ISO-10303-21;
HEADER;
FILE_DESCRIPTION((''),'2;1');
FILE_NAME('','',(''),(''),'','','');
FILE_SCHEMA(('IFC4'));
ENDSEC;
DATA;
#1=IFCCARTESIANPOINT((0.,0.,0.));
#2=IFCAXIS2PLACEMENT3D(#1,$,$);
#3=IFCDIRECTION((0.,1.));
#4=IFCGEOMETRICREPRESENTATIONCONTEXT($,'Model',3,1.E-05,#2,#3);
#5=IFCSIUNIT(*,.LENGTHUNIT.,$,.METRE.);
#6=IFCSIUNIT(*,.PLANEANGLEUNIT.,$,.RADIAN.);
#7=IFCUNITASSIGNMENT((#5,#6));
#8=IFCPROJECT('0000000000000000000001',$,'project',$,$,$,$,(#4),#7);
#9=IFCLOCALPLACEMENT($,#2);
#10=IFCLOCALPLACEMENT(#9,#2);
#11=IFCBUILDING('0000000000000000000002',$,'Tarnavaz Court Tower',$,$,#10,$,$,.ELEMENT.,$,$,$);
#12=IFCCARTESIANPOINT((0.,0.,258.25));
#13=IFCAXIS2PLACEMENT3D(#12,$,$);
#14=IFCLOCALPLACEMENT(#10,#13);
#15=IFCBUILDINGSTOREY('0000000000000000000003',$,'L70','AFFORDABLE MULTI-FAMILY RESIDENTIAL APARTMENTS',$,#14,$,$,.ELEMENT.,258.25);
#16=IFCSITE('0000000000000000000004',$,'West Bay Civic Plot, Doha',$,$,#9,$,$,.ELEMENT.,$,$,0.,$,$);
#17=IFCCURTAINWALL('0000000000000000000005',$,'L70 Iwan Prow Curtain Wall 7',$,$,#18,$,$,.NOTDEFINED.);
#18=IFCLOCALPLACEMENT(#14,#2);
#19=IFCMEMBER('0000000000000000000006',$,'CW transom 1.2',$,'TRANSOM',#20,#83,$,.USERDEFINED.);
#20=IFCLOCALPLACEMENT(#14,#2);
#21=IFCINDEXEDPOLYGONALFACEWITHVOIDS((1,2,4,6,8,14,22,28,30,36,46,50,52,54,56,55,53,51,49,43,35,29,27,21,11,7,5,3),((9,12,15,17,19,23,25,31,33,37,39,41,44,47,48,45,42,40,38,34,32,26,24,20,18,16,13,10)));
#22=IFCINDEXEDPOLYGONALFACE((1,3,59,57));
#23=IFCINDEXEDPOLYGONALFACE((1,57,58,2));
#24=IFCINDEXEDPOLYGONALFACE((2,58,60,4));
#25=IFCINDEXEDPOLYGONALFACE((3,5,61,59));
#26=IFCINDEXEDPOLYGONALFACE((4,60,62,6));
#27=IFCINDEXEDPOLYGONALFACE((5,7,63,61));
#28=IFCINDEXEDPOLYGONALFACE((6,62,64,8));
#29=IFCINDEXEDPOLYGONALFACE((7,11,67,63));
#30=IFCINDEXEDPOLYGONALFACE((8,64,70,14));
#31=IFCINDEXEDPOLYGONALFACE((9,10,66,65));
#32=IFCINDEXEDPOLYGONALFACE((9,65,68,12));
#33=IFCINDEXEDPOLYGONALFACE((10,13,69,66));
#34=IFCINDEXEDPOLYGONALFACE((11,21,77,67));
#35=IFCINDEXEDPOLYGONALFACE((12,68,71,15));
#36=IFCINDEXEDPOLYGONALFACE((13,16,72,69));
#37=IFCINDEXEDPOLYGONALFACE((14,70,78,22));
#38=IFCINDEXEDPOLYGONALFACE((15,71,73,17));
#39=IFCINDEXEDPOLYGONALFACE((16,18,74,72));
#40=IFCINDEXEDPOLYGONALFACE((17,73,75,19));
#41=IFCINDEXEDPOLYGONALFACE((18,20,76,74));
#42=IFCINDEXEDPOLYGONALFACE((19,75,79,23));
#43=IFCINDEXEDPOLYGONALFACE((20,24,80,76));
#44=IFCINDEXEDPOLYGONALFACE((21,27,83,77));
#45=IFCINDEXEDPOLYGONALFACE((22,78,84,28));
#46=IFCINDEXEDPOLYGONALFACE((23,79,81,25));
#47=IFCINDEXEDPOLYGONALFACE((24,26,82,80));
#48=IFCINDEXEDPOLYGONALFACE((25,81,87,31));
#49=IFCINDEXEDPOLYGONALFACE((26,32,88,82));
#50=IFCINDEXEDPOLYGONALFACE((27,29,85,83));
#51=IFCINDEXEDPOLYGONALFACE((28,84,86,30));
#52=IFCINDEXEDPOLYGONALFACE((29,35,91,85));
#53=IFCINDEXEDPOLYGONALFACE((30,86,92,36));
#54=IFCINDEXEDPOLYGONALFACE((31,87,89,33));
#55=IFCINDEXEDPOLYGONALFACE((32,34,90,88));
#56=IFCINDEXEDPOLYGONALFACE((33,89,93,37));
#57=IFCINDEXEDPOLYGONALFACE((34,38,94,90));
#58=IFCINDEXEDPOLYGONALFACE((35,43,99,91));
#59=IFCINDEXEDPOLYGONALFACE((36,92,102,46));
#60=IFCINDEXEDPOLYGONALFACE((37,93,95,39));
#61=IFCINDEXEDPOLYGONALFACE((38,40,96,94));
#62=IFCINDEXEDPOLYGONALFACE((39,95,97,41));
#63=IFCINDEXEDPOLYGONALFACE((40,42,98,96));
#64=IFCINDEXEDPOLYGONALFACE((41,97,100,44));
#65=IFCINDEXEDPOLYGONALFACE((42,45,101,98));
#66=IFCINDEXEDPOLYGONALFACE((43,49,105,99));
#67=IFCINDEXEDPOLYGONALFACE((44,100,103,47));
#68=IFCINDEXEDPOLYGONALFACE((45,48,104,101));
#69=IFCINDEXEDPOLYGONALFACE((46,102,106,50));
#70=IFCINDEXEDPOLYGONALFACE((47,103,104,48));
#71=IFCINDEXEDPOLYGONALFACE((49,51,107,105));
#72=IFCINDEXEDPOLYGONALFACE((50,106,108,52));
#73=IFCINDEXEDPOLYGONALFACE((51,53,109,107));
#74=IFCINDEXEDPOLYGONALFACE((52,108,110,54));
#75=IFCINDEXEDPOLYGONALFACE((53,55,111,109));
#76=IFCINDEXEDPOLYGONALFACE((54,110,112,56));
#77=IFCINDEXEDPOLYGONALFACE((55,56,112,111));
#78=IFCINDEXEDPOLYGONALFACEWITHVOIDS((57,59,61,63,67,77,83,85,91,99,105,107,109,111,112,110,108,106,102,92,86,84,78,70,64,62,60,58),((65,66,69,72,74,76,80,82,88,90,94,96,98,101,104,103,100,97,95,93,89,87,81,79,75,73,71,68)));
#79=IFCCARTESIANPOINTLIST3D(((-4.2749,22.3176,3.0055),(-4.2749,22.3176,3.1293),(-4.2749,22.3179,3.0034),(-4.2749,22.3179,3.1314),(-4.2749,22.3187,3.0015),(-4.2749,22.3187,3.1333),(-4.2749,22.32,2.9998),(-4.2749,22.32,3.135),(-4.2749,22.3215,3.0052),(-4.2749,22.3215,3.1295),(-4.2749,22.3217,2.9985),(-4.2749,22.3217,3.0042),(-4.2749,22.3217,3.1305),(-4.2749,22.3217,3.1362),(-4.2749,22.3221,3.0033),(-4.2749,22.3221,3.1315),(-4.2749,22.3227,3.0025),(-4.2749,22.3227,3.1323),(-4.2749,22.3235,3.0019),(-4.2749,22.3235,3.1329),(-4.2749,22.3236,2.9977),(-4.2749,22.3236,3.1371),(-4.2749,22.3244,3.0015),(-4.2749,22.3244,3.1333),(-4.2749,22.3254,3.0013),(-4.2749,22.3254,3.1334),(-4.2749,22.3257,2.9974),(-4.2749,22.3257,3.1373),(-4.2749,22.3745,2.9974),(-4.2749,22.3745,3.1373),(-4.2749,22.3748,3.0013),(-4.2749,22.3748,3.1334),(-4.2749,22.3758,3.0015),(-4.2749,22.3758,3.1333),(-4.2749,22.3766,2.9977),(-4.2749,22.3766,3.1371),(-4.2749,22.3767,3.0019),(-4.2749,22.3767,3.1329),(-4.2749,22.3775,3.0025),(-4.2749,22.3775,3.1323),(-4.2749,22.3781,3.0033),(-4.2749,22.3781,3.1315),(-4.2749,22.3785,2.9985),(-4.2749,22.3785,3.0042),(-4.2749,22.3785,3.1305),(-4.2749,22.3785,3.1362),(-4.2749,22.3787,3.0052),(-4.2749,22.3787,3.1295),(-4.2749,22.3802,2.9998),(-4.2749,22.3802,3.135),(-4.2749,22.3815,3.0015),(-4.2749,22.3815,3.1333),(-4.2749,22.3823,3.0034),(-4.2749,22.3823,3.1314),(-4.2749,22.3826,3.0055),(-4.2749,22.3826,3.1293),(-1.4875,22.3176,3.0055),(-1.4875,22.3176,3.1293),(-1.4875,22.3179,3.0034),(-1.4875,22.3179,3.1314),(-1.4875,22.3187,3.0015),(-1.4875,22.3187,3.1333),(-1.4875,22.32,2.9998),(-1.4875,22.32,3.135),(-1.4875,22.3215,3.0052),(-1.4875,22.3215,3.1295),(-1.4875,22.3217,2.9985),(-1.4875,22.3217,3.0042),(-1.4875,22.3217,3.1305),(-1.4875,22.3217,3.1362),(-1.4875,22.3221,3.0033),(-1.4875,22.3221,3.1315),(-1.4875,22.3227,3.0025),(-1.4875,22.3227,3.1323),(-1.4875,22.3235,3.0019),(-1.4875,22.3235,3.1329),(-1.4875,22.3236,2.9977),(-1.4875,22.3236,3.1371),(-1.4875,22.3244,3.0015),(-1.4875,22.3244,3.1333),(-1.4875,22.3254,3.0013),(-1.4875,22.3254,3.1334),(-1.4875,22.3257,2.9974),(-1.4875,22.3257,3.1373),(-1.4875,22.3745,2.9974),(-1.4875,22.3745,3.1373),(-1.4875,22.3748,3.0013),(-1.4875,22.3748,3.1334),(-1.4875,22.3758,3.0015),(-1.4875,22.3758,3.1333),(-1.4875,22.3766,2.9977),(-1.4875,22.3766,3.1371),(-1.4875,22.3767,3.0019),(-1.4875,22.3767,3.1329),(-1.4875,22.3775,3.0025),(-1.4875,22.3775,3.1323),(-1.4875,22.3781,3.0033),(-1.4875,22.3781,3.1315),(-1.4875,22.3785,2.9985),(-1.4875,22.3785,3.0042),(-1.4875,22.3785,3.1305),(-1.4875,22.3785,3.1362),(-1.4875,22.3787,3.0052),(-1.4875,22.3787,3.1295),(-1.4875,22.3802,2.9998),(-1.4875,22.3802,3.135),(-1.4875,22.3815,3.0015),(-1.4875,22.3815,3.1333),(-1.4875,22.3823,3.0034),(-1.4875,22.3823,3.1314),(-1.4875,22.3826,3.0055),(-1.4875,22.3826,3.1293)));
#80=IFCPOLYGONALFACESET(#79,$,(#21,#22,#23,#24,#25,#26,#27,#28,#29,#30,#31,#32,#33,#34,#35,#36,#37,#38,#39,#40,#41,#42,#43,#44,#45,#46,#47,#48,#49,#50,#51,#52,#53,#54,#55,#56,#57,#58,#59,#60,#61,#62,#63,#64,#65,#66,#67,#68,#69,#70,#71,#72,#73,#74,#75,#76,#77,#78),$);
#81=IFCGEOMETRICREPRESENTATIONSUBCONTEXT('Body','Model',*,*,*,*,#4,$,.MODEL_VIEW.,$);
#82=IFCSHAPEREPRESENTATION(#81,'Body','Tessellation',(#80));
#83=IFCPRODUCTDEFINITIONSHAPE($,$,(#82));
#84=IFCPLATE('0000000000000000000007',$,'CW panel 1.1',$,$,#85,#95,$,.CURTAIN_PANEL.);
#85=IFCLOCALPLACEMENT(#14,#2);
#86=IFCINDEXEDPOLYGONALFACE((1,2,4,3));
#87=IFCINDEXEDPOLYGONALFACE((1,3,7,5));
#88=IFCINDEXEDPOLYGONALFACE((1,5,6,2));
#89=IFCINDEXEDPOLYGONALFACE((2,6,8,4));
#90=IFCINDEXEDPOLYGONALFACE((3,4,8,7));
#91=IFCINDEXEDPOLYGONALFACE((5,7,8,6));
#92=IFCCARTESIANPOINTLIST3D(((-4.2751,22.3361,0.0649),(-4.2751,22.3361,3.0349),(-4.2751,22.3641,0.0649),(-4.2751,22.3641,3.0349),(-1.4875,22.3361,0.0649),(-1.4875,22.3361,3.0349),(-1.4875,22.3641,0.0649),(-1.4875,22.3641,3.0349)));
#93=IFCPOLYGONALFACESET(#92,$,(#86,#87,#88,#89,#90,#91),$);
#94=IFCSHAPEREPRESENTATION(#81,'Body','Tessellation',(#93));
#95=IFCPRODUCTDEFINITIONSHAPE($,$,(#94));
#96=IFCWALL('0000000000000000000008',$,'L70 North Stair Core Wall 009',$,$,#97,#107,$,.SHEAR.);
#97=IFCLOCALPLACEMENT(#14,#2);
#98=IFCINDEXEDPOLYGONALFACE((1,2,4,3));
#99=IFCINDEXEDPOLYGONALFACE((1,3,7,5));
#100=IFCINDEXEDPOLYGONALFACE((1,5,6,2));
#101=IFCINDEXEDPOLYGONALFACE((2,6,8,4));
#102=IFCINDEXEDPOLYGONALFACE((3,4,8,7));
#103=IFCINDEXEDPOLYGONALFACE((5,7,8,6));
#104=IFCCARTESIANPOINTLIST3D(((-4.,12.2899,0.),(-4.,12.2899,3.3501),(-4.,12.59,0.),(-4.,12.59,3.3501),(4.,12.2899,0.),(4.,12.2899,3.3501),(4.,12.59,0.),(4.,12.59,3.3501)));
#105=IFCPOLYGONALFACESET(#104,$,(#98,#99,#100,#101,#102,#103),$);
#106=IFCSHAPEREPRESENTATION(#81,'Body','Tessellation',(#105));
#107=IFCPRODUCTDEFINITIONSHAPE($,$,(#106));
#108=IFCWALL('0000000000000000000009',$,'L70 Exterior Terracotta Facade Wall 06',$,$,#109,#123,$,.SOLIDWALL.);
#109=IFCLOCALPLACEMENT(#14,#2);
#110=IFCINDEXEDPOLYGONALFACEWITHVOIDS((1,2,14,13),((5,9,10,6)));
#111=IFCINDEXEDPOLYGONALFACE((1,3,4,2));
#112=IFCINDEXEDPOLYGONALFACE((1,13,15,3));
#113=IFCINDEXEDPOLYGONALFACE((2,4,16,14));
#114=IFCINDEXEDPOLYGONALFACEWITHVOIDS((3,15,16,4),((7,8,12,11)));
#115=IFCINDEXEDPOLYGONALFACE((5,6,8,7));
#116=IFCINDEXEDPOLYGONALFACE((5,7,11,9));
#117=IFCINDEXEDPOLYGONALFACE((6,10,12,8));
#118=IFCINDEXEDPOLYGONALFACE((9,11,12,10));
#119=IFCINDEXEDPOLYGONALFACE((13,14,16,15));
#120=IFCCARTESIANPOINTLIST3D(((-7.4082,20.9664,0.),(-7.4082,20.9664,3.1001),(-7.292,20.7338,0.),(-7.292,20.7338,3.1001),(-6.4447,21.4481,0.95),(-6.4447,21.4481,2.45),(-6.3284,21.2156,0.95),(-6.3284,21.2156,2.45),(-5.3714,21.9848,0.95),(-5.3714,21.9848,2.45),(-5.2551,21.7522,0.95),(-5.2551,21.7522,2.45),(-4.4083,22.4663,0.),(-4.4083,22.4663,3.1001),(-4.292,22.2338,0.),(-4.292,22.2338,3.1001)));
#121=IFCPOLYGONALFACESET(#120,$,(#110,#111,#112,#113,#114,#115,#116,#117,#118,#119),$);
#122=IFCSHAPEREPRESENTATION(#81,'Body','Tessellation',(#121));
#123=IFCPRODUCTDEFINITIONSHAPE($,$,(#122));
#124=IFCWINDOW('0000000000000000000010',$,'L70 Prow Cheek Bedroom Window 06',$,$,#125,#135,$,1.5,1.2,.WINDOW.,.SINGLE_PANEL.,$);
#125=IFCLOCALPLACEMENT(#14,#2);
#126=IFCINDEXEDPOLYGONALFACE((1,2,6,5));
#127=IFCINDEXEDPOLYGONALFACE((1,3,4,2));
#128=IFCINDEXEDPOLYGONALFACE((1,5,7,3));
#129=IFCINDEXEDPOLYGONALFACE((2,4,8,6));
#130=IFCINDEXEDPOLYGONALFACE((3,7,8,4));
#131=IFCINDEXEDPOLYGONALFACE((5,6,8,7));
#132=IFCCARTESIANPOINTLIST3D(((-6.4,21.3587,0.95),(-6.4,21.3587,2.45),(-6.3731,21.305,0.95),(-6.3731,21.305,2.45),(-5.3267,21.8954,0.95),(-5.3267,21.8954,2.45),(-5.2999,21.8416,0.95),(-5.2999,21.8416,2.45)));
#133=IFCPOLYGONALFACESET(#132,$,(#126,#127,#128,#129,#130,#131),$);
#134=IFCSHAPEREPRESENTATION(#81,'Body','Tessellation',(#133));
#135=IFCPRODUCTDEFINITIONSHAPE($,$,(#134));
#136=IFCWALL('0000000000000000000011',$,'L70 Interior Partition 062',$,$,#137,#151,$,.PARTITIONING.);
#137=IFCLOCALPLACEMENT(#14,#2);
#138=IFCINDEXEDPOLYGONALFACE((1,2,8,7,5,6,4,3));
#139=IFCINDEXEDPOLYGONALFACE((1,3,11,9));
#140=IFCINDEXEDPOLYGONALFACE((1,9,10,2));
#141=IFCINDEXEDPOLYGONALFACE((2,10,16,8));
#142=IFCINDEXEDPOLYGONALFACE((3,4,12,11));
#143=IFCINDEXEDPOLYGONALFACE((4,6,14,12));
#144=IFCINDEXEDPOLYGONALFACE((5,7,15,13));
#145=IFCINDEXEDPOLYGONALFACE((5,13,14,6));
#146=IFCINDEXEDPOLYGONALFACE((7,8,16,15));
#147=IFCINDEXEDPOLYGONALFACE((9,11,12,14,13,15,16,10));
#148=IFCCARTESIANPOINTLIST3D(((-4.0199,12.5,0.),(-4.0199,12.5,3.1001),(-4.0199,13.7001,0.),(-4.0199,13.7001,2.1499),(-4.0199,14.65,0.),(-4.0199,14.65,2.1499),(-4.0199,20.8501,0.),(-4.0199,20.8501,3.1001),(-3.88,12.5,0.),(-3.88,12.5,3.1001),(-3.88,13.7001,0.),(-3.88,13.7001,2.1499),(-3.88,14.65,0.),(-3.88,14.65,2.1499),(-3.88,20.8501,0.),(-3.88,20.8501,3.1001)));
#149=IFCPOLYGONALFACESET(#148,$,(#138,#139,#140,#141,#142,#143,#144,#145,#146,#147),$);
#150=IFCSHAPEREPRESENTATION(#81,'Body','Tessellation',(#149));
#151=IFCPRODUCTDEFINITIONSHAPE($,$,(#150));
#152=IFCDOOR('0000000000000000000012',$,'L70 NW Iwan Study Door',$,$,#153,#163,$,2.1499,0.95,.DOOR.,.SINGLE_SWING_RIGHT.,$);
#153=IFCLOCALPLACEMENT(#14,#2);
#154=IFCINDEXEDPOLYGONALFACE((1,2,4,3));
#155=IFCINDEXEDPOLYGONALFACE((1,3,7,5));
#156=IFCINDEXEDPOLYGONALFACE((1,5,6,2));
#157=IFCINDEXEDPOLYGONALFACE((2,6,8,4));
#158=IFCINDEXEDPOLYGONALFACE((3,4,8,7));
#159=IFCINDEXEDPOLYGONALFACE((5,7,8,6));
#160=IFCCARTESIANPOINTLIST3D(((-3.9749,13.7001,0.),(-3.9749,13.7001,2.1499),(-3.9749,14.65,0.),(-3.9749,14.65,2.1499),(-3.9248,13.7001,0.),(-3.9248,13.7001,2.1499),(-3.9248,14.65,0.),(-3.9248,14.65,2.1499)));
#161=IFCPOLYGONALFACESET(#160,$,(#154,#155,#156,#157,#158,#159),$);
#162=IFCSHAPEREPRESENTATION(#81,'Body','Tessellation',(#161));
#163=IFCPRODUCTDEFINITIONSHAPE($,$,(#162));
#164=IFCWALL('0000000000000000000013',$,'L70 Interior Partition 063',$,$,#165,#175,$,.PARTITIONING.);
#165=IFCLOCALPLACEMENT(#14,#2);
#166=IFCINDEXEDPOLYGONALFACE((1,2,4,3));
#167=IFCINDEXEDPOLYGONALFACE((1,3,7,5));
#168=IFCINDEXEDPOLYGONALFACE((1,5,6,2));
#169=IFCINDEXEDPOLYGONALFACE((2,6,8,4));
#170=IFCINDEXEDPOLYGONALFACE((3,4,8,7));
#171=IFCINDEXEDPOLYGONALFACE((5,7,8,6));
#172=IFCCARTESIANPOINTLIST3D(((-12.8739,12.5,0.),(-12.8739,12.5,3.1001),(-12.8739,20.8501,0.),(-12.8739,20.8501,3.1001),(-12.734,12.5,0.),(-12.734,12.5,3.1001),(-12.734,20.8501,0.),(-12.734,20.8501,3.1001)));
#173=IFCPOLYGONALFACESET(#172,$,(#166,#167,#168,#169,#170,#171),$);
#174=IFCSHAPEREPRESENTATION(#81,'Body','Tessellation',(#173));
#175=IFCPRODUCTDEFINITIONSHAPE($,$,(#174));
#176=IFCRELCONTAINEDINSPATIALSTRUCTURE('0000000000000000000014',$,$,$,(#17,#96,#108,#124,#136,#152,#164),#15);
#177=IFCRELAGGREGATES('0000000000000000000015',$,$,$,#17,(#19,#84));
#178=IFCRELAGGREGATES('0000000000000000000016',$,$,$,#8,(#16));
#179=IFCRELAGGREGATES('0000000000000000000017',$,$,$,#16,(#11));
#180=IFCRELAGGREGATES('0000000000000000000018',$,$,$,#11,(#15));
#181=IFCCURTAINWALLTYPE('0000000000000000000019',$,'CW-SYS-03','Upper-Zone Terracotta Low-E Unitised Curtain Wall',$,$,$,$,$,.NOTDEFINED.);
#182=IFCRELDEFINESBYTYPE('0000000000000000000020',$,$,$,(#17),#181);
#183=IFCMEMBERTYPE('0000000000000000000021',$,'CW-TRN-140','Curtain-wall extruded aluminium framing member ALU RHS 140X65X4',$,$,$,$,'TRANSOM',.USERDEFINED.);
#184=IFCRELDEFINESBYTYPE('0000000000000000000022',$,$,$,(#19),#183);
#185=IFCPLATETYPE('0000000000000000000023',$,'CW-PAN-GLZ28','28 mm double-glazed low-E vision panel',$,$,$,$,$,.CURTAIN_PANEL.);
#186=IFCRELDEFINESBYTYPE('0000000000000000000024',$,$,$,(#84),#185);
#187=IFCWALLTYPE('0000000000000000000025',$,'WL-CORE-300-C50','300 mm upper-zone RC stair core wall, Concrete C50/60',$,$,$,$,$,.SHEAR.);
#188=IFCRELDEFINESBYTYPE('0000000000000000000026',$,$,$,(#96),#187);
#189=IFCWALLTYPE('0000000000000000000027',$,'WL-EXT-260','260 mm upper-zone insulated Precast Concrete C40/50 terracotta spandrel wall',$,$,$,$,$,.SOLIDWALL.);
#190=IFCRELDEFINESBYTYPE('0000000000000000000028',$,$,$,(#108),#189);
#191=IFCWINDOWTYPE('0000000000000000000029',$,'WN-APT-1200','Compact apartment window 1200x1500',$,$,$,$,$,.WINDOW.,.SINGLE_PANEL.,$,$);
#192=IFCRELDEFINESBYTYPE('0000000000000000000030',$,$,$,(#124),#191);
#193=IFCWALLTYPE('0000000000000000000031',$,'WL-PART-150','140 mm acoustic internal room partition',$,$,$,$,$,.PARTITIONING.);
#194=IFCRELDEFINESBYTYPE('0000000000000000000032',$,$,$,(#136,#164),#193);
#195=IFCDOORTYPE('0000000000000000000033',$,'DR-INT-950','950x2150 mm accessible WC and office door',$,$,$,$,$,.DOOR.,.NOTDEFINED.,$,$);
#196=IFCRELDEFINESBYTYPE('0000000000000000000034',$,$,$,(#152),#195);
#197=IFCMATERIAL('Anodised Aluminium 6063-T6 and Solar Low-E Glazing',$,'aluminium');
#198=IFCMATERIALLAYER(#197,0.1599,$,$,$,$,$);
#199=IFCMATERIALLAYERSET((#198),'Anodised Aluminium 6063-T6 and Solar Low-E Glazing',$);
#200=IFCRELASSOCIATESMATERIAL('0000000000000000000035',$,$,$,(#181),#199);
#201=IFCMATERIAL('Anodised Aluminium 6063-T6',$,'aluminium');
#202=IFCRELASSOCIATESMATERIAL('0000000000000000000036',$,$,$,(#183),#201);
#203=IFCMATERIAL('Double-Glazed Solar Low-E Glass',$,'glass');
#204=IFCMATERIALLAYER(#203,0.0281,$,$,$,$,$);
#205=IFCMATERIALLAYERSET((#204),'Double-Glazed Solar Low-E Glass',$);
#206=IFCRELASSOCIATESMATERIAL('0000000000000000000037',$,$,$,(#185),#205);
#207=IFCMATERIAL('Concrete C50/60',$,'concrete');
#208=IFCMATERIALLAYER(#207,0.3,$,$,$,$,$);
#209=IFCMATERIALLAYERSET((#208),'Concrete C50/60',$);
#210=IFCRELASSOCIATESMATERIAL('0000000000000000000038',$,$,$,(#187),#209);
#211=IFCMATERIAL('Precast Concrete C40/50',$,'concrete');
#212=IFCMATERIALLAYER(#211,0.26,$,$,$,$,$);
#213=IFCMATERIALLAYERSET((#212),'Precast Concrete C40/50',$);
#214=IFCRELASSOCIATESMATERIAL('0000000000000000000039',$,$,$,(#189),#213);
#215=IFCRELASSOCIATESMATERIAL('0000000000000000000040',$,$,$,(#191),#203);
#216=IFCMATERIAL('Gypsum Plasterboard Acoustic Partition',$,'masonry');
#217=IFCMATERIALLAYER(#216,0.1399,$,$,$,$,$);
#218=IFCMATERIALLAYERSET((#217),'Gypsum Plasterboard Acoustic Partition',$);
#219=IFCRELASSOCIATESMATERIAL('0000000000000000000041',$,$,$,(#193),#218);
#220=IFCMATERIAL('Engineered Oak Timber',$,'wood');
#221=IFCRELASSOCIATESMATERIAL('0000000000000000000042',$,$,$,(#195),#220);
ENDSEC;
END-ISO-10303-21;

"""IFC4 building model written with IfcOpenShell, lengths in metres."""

from ifc_helpers import new_model, si_unit, direction, frame, frame_2d, origin, origin_2d, place, context, subcontext, project, spatial, rectangle, hollow_rectangle, extrude, material, layer, layer_set, material_profile, profile_set, type_object, element, fill, aggregate, save


model = new_model("IFC4")

# Units and contexts
model_context = context("Model", 3, precision=1e-05, world=origin(), true_north=direction((0.0, 1.0)))
body_context = subcontext(model_context, "Body", "Model", "MODEL_VIEW")
ifc_project = project(units=[si_unit("LENGTHUNIT", "METRE"), si_unit("PLANEANGLEUNIT", "RADIAN")], contexts=[model_context])

# Site, building, storey
site_placement = place(None, origin())
site = spatial("IfcSite", under=ifc_project, at=site_placement, Name="West Bay Civic Plot, Doha", CompositionType="ELEMENT", RefElevation=0.0)
building_placement = place(site_placement, origin())
building = spatial("IfcBuilding", under=site, at=building_placement, Name="Tarnavaz Court Tower", CompositionType="ELEMENT")
storey_placement = place(building_placement, frame((0.0, 0.0, 258.25)))
storey = spatial("IfcBuildingStorey", under=building, at=storey_placement, Name="L70", Description="AFFORDABLE MULTI-FAMILY RESIDENTIAL APARTMENTS", CompositionType="ELEMENT", Elevation=258.25)

# Shared definitions
ifc_material_1 = material(Name="Concrete C50/60", Category="concrete")

# Curtain wall, member, plate
ifc_material_2 = material(Name="Anodised Aluminium 6063-T6 and Solar Low-E Glazing", Category="aluminium")
ifc_layer_1 = layer(ifc_material_2, 0.1599)
ifc_layer_set_1 = layer_set([ifc_layer_1], Name="Anodised Aluminium 6063-T6 and Solar Low-E Glazing")
curtain_wall_type = type_object("IfcCurtainWallType", Name="CW-SYS-03", Description="Upper-Zone Terracotta Low-E Unitised Curtain Wall", PredefinedType="NOTDEFINED", material=ifc_layer_set_1)
curtain_wall_placement = place(storey_placement, origin())
curtain_wall = element("IfcCurtainWall", 1, at=curtain_wall_placement, inside=storey, type_object=curtain_wall_type, Name="L70 Iwan Prow Curtain Wall 7", PredefinedType="NOTDEFINED")
ifc_material_3 = material(Name="Anodised Aluminium 6063-T6", Category="aluminium")
ifc_material_profile_1 = material_profile(ifc_material_3, hollow_rectangle(XDim=0.0649, YDim=0.1399, WallThickness=0.0039, InnerFilletRadius=0.0039, OuterFilletRadius=0.0081, at=origin_2d()), Name="ALU RHS 140X65X4")
ifc_profile_set_1 = profile_set([ifc_material_profile_1], Name="Anodised Aluminium 6063-T6")
member_type_1 = type_object("IfcMemberType", Name="CW-TRN-140", Description="Curtain-wall extruded aluminium framing member ALU RHS 140X65X4", ElementType="TRANSOM", PredefinedType="USERDEFINED", material=ifc_profile_set_1)
member_1_placement = place(storey_placement, frame((-4.2749, 22.3501, 3.0674), z_axis=(1.0, 0.0, 0.0), x_axis=(0.0, 1.0, 0.0)))
member_1 = element("IfcMember", 2, at=member_1_placement, type_object=member_type_1, Name="CW transom 1.2", ObjectType="TRANSOM", PredefinedType="USERDEFINED", context=body_context, shape_type="SweptSolid", body=[
    extrude(hollow_rectangle(XDim=0.0649, YDim=0.1399, WallThickness=0.0039, InnerFilletRadius=0.0039, OuterFilletRadius=0.0081, at=origin_2d()), origin(), (0.0, 0.0, 1.0), 2.7874),
])
ifc_material_4 = material(Name="Double-Glazed Solar Low-E Glass", Category="glass")
ifc_layer_2 = layer(ifc_material_4, 0.0281)
ifc_layer_set_2 = layer_set([ifc_layer_2], Name="Double-Glazed Solar Low-E Glass")
plate_type = type_object("IfcPlateType", Name="CW-PAN-GLZ28", Description="28 mm double-glazed low-E vision panel", PredefinedType="CURTAIN_PANEL", material=ifc_layer_set_2)
plate_placement = place(storey_placement, frame((-2.8813, 22.3501, 0.0649), z_axis=(0.0, 0.0, 1.0), x_axis=(1.0, 0.0, 0.0)))
plate = element("IfcPlate", 3, at=plate_placement, type_object=plate_type, Name="CW panel 1.1", PredefinedType="CURTAIN_PANEL", context=body_context, shape_type="SweptSolid", body=[
    extrude(rectangle(XDim=2.7876, YDim=0.0281, at=origin_2d()), origin(), (0.0, 0.0, 1.0), 2.97),
])
aggregate(curtain_wall, [member_1, plate])

# Wall
ifc_layer_3 = layer(ifc_material_1, 0.3)
ifc_layer_set_3 = layer_set([ifc_layer_3], Name="Concrete C50/60")
wall_type_1 = type_object("IfcWallType", Name="WL-CORE-300-C50", Description="300 mm upper-zone RC stair core wall, Concrete C50/60", PredefinedType="SHEAR", material=ifc_layer_set_3)
wall_1_placement = place(storey_placement, frame((-4.0, 12.4399, 0.0), z_axis=(0.0, 0.0, 1.0), x_axis=(1.0, 0.0, 0.0)))
element("IfcWall", 4, at=wall_1_placement, inside=storey, type_object=wall_type_1, Name="L70 North Stair Core Wall 009", PredefinedType="SHEAR", context=body_context, shape_type="SweptSolid", body=[
    extrude(rectangle(XDim=8.0, YDim=0.3, at=frame_2d((4.0, 0.0))), origin(), (0.0, 0.0, 1.0), 3.3501),
])

# Wall, opening, window
ifc_material_5 = material(Name="Precast Concrete C40/50", Category="concrete")
ifc_layer_4 = layer(ifc_material_5, 0.26)
ifc_layer_set_4 = layer_set([ifc_layer_4], Name="Precast Concrete C40/50")
wall_type_2 = type_object("IfcWallType", Name="WL-EXT-260", Description="260 mm upper-zone insulated Precast Concrete C40/50 terracotta spandrel wall", PredefinedType="SOLIDWALL", material=ifc_layer_set_4)
wall_2_placement = place(storey_placement, frame((-7.3501, 20.8501, 0.0), z_axis=(0.0, 0.0, 1.0), x_axis=(0.894427, 0.447214, 0.0)))
wall_2 = element("IfcWall", 5, at=wall_2_placement, inside=storey, type_object=wall_type_2, Name="L70 Exterior Terracotta Facade Wall 06", PredefinedType="SOLIDWALL", context=body_context, shape_type="SweptSolid", body=[
    extrude(rectangle(XDim=3.354, YDim=0.26, at=frame_2d((1.677, 0.0))), origin(), (0.0, 0.0, 1.0), 3.1001),
])
opening_1_placement = place(wall_2_placement, frame((1.0771, 0.0, 0.95)))
opening_1 = element("IfcOpeningElement", 6, at=opening_1_placement, cuts=wall_2, PredefinedType="OPENING", context=body_context, shape_type="SweptSolid", body=[
    extrude(rectangle(XDim=1.2, YDim=1.5, at=frame_2d((0.6001, 0.75))), frame((0.0, 0.1399, 0.0), z_axis=(0.0, -1.0, 0.0), x_axis=(1.0, 0.0, 0.0)), (0.0, 0.0, 1.0), 0.28),
])
window_type = type_object("IfcWindowType", Name="WN-APT-1200", Description="Compact apartment window 1200x1500", PartitioningType="SINGLE_PANEL", PredefinedType="WINDOW", material=ifc_material_4)
window_placement = place(opening_1_placement, origin())
window = element("IfcWindow", 7, at=window_placement, inside=storey, type_object=window_type, Name="L70 Prow Cheek Bedroom Window 06", OverallHeight=1.5, OverallWidth=1.2, PartitioningType="SINGLE_PANEL", PredefinedType="WINDOW", context=body_context, shape_type="SweptSolid", body=[
    extrude(rectangle(XDim=1.2, YDim=1.5, at=frame_2d((0.6001, 0.75))), frame((0.0, 0.03, 0.0), z_axis=(0.0, -1.0, 0.0), x_axis=(1.0, 0.0, 0.0)), (0.0, 0.0, 1.0), 0.0601),
])
fill(opening_1, window)

# Wall, opening, door
ifc_material_6 = material(Name="Gypsum Plasterboard Acoustic Partition", Category="masonry")
ifc_layer_5 = layer(ifc_material_6, 0.1399)
ifc_layer_set_5 = layer_set([ifc_layer_5], Name="Gypsum Plasterboard Acoustic Partition")
wall_type_3 = type_object("IfcWallType", Name="WL-PART-150", Description="140 mm acoustic internal room partition", PredefinedType="PARTITIONING", material=ifc_layer_set_5)
wall_3_placement = place(storey_placement, frame((-3.95, 12.5, 0.0), z_axis=(0.0, 0.0, 1.0), x_axis=(0.0, 1.0, 0.0)))
wall_3 = element("IfcWall", 8, at=wall_3_placement, inside=storey, type_object=wall_type_3, Name="L70 Interior Partition 062", PredefinedType="PARTITIONING", context=body_context, shape_type="SweptSolid", body=[
    extrude(rectangle(XDim=8.3501, YDim=0.1399, at=frame_2d((4.175, 0.0))), origin(), (0.0, 0.0, 1.0), 3.1001),
])
opening_2_placement = place(wall_3_placement, frame((1.2, 0.0, 0.0)))
opening_2 = element("IfcOpeningElement", 9, at=opening_2_placement, cuts=wall_3, PredefinedType="OPENING", context=body_context, shape_type="SweptSolid", body=[
    extrude(rectangle(XDim=0.95, YDim=2.1499, at=frame_2d((0.4751, 1.075))), frame((0.0, 0.0798, 0.0), z_axis=(0.0, -1.0, 0.0), x_axis=(1.0, 0.0, 0.0)), (0.0, 0.0, 1.0), 0.1599),
])
ifc_material_7 = material(Name="Engineered Oak Timber", Category="wood")
door_type = type_object("IfcDoorType", Name="DR-INT-950", Description="950x2150 mm accessible WC and office door", OperationType="NOTDEFINED", PredefinedType="DOOR", material=ifc_material_7)
door_placement = place(opening_2_placement, origin())
door = element("IfcDoor", 10, at=door_placement, inside=storey, type_object=door_type, Name="L70 NW Iwan Study Door", OperationType="SINGLE_SWING_RIGHT", OverallHeight=2.1499, OverallWidth=0.95, PredefinedType="DOOR", context=body_context, shape_type="SweptSolid", body=[
    extrude(rectangle(XDim=0.95, YDim=2.1499, at=frame_2d((0.4751, 1.075))), frame((0.0, 0.0249, 0.0), z_axis=(0.0, -1.0, 0.0), x_axis=(1.0, 0.0, 0.0)), (0.0, 0.0, 1.0), 0.05),
])
fill(opening_2, door)

# Wall
wall_4_placement = place(storey_placement, frame((-12.804, 12.5, 0.0), z_axis=(0.0, 0.0, 1.0), x_axis=(0.0, 1.0, 0.0)))
element("IfcWall", 11, at=wall_4_placement, inside=storey, type_object=wall_type_3, Name="L70 Interior Partition 063", PredefinedType="PARTITIONING", context=body_context, shape_type="SweptSolid", body=[
    extrude(rectangle(XDim=8.3501, YDim=0.1399, at=frame_2d((4.175, 0.0))), origin(), (0.0, 0.0, 1.0), 3.1001),
])

save(model, "model.ifc")
